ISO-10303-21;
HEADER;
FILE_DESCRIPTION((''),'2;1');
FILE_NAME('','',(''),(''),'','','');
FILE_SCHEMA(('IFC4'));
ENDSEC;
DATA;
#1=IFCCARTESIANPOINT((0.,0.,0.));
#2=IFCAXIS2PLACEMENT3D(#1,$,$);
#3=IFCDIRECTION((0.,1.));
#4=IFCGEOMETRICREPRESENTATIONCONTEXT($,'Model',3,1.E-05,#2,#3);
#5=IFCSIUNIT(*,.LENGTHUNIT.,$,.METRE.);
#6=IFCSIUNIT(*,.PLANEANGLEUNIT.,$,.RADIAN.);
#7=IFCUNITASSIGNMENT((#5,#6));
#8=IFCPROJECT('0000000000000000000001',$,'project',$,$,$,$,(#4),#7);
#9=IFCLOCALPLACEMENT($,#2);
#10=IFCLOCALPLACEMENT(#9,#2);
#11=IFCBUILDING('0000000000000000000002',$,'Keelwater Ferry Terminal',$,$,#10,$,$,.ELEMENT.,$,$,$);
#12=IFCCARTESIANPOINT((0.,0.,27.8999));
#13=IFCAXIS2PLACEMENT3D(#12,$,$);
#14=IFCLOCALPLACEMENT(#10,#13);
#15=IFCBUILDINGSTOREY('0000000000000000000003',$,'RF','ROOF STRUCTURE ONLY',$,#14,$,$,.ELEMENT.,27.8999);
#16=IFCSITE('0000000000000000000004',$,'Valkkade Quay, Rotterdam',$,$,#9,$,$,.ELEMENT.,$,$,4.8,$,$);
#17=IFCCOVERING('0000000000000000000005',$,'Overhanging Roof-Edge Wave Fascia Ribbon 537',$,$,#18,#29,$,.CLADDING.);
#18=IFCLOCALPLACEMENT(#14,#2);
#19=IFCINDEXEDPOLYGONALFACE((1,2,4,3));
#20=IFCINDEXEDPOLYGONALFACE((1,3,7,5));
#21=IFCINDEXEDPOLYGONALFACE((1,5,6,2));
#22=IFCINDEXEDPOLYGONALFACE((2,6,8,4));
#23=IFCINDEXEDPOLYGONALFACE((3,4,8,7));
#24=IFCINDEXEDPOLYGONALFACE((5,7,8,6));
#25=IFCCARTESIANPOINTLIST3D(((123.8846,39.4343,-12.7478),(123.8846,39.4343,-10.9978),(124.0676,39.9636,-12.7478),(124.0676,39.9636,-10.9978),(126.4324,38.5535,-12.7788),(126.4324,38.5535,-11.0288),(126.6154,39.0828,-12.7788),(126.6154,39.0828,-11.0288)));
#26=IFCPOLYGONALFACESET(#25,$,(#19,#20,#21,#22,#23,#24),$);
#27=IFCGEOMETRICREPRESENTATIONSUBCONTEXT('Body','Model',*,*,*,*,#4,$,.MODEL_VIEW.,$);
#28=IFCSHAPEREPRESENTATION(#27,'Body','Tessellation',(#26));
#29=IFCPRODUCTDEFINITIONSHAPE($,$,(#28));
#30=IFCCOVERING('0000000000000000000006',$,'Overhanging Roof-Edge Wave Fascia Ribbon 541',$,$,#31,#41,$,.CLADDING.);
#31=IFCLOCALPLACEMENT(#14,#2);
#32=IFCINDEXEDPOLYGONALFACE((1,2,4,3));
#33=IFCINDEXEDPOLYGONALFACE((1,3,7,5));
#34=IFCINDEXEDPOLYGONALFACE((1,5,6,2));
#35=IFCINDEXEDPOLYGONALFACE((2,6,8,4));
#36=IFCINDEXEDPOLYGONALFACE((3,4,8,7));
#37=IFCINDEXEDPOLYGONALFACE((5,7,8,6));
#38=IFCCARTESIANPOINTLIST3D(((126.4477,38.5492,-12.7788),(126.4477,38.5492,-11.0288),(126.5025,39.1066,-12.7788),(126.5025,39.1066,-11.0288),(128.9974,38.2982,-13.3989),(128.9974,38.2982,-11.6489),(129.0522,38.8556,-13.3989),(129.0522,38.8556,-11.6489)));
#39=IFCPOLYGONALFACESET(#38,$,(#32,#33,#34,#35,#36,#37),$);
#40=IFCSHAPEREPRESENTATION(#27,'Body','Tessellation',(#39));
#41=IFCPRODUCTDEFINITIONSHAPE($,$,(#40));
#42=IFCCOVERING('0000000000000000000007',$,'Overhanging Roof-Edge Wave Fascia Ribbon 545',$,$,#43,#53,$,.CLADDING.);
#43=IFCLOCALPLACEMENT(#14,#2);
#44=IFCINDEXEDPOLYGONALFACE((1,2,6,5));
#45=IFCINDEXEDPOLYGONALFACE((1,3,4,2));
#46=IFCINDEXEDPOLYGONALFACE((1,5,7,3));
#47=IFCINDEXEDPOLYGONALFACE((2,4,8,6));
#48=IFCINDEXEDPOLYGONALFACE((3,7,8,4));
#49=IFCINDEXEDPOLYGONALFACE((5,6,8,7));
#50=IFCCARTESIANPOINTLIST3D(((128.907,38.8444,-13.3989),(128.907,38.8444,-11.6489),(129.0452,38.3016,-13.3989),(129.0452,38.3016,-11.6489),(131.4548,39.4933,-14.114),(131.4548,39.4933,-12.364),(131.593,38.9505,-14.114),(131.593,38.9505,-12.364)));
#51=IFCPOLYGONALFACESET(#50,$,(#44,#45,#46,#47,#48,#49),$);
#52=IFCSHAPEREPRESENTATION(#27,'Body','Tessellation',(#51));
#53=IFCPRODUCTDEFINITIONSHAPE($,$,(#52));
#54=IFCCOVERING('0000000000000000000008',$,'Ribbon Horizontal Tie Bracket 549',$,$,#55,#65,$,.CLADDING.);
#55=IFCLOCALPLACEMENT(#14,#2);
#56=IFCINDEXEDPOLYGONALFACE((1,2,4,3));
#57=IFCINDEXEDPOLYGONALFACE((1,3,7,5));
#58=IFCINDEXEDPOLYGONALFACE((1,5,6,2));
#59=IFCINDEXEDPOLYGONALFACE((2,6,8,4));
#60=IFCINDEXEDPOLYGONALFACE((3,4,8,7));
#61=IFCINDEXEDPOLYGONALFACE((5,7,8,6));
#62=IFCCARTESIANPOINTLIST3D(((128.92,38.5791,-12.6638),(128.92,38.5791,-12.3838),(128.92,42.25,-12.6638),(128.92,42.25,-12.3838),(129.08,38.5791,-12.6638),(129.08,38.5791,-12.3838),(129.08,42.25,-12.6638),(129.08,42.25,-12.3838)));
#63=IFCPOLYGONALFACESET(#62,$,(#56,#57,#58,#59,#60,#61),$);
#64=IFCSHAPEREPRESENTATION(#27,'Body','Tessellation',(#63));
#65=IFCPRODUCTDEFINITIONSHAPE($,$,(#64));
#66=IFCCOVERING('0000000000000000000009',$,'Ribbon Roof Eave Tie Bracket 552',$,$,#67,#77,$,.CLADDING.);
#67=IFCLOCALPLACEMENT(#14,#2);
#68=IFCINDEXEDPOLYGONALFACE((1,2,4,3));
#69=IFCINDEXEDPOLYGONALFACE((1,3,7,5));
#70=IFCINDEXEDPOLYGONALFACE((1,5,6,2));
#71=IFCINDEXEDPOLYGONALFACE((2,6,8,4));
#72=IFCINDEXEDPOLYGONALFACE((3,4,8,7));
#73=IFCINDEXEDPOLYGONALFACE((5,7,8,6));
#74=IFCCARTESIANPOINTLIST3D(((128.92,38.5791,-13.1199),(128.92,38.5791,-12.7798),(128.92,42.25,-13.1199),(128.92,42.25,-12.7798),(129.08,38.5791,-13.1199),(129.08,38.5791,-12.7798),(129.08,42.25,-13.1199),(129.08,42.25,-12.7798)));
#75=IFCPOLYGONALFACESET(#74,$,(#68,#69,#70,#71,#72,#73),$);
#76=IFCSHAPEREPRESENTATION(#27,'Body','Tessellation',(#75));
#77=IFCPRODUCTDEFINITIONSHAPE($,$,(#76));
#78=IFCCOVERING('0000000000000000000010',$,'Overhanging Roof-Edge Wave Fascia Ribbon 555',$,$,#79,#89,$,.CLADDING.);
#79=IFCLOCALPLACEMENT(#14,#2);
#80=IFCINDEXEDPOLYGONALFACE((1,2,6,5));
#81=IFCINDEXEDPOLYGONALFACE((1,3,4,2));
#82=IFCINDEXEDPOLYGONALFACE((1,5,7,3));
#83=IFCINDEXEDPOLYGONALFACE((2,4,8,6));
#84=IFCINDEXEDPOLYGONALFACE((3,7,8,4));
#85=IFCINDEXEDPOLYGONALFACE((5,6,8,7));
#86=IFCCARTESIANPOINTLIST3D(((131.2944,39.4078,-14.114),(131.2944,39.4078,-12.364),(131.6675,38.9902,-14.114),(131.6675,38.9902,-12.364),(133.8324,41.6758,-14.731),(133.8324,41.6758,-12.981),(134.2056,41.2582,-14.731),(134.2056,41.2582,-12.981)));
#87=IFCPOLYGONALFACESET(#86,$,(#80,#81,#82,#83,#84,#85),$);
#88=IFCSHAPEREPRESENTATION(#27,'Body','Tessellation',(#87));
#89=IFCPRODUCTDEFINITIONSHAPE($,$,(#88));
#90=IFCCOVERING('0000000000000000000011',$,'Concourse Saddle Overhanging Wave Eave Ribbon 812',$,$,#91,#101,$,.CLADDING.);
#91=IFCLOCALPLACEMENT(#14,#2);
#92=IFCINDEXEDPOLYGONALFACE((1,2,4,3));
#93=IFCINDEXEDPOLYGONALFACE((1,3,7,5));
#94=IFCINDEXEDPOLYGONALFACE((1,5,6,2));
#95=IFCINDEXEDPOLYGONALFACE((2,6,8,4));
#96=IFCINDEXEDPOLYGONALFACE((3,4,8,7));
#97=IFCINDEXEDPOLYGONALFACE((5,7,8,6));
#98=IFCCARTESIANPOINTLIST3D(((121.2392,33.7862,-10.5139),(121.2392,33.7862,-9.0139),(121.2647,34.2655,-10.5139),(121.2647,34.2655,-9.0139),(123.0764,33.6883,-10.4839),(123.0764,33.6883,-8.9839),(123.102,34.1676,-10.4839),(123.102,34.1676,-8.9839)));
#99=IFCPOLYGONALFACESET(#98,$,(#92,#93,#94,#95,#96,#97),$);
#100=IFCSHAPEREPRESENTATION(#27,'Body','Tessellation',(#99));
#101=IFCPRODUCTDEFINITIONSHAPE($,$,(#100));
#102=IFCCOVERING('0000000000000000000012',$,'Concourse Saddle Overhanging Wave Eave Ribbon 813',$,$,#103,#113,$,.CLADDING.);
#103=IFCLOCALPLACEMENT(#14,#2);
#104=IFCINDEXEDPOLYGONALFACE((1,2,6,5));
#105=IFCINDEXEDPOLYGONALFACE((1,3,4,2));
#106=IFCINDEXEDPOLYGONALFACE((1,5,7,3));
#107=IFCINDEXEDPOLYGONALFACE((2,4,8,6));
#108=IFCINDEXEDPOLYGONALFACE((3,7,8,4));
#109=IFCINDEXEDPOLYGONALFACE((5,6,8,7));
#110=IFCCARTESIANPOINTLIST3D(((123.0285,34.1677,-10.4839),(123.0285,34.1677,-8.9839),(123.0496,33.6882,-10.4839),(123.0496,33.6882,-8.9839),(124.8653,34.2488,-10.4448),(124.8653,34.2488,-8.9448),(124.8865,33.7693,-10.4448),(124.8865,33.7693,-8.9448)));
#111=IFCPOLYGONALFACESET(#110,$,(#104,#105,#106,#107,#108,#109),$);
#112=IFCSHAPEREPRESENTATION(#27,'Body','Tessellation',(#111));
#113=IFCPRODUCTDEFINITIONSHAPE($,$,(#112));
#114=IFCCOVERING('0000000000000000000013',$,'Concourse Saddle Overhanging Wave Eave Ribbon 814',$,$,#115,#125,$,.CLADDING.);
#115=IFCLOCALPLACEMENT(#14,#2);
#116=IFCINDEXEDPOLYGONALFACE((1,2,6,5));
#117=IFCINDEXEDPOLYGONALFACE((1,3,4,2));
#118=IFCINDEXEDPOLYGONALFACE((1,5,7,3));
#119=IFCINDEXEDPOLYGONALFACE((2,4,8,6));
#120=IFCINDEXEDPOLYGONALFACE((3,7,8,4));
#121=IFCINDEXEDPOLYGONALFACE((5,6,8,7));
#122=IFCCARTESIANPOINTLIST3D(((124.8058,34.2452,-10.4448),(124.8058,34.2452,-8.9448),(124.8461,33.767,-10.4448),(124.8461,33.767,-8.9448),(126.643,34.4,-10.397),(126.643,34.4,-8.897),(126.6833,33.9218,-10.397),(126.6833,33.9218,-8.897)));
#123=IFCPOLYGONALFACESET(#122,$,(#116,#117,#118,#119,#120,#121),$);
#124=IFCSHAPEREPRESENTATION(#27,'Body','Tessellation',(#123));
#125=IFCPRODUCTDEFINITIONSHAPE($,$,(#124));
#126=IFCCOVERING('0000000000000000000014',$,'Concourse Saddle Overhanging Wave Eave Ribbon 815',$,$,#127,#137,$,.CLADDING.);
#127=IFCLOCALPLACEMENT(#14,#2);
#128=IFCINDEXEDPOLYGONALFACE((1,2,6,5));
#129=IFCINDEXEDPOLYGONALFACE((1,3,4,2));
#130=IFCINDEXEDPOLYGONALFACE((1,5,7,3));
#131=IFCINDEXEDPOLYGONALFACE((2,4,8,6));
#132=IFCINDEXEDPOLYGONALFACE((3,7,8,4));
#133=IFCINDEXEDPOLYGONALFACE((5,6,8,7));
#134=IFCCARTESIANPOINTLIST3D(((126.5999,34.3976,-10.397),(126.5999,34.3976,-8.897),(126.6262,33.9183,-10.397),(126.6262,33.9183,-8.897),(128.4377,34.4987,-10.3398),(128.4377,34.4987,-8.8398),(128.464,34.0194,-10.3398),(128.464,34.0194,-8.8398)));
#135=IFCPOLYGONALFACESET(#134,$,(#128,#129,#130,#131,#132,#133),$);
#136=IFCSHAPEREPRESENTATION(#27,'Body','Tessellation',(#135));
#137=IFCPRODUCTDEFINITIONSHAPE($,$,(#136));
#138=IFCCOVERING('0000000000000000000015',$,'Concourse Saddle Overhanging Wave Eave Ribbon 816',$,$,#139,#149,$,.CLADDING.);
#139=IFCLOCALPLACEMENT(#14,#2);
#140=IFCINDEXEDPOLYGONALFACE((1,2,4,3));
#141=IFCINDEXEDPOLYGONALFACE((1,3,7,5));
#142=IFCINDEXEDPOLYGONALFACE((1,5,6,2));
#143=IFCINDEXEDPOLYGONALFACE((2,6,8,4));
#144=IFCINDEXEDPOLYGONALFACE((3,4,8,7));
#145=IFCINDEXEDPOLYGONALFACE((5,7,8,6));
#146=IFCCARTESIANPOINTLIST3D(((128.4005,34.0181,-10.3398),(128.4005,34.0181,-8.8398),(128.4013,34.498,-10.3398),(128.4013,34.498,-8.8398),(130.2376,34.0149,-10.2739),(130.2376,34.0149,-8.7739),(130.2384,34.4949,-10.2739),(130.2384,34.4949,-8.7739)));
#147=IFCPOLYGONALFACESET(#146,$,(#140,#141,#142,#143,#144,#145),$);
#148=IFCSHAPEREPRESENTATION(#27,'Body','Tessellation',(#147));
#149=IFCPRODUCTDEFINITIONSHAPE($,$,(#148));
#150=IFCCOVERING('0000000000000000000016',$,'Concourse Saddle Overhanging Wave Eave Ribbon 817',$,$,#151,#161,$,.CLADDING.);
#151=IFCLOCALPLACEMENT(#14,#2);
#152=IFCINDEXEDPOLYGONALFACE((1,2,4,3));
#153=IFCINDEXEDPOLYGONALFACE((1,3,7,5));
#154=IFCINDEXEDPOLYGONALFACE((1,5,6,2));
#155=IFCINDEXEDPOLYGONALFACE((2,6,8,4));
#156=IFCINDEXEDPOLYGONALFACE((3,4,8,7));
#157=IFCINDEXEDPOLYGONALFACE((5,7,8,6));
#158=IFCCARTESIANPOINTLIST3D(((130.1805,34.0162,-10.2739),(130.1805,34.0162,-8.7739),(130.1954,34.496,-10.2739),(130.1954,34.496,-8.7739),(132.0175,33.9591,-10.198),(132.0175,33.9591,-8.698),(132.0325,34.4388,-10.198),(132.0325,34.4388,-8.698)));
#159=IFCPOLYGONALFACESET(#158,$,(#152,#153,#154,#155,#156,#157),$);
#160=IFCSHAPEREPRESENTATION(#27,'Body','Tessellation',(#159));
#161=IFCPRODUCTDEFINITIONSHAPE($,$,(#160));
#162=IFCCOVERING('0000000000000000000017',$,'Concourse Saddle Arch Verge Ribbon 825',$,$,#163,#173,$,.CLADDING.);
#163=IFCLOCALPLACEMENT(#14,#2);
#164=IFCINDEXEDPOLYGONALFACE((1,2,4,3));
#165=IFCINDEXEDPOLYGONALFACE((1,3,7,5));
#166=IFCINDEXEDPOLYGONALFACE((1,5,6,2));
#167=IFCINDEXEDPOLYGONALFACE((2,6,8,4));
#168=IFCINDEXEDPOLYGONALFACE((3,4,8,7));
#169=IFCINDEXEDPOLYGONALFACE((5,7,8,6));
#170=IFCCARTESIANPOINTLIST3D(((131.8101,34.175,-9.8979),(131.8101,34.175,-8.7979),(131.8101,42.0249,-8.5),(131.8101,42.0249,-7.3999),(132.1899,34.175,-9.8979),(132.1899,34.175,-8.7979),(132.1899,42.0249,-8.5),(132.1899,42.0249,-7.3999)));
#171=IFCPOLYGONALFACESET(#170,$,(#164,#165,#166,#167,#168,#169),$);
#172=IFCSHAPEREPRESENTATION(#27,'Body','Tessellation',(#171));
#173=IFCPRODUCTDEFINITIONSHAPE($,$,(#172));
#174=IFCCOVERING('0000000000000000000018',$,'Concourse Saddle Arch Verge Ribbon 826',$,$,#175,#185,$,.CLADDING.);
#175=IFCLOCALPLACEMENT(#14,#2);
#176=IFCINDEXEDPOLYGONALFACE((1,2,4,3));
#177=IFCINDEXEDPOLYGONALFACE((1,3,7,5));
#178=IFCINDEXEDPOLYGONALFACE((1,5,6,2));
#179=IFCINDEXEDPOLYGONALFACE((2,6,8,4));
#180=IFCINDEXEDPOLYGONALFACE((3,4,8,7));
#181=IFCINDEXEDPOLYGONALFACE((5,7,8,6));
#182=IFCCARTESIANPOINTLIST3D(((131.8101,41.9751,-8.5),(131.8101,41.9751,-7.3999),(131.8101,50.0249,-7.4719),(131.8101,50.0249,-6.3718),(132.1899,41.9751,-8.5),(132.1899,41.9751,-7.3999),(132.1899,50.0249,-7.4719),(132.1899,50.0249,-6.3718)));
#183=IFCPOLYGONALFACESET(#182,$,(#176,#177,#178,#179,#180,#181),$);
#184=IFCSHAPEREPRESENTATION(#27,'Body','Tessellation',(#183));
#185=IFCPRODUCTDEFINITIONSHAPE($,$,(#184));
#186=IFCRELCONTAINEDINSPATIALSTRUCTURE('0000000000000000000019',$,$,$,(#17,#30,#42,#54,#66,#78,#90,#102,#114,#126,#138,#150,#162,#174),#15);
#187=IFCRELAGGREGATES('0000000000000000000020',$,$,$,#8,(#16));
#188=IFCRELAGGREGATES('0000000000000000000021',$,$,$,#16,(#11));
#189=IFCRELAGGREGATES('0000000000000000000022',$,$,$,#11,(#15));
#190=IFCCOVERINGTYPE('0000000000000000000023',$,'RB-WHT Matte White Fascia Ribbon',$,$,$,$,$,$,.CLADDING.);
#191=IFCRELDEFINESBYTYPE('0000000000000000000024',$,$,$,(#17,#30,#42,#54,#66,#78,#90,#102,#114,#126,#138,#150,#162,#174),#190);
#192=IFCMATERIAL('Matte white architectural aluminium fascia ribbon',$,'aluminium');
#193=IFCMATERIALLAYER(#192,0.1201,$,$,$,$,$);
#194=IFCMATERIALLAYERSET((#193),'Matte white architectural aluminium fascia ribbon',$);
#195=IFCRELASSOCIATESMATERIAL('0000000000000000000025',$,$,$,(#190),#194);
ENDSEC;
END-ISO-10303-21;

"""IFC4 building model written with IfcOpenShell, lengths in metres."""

from ifc_helpers import new_model, si_unit, direction, frame, frame_2d, origin, place, context, subcontext, project, spatial, polyline, rectangle, outline, extrude, material, layer, layer_set, type_object, element, save


model = new_model("IFC4")

# Units and contexts
model_context = context("Model", 3, precision=1e-05, world=origin(), true_north=direction((0.0, 1.0)))
body_context = subcontext(model_context, "Body", "Model", "MODEL_VIEW")
ifc_project = project(units=[si_unit("LENGTHUNIT", "METRE"), si_unit("PLANEANGLEUNIT", "RADIAN")], contexts=[model_context])

# Site, building, storey
site_placement = place(None, origin())
site = spatial("IfcSite", under=ifc_project, at=site_placement, Name="Valkkade Quay, Rotterdam", CompositionType="ELEMENT", RefElevation=4.8)
building_placement = place(site_placement, origin())
building = spatial("IfcBuilding", under=site, at=building_placement, Name="Keelwater Ferry Terminal", CompositionType="ELEMENT")
storey_placement = place(building_placement, frame((0.0, 0.0, 27.8999)))
storey = spatial("IfcBuildingStorey", under=building, at=storey_placement, Name="RF", Description="ROOF STRUCTURE ONLY", CompositionType="ELEMENT", Elevation=27.8999)

# Coverings
ifc_material_1 = material(Name="Matte white architectural aluminium fascia ribbon", Category="aluminium")
ifc_layer_1 = layer(ifc_material_1, 0.1201)
ifc_layer_set_1 = layer_set([ifc_layer_1], Name="Matte white architectural aluminium fascia ribbon")
covering_type = type_object("IfcCoveringType", Name="RB-WHT Matte White Fascia Ribbon", PredefinedType="CLADDING", material=ifc_layer_set_1)
covering_1_placement = place(storey_placement, frame((123.9761, 39.699, -12.7788), z_axis=(0.0, 0.0, 1.0), x_axis=(0.945111, -0.32675, 0.0)))
element("IfcCovering", 1, at=covering_1_placement, inside=storey, type_object=covering_type, Name="Overhanging Roof-Edge Wave Fascia Ribbon 537", PredefinedType="CLADDING", context=body_context, shape_type="SweptSolid", body=[
    extrude(outline(polyline([(0.0, 0.031), (2.6958, 0.0), (2.6958, 1.75), (0.0, 1.781), (0.0, 0.031)])), frame((0.0, 0.28, 0.0), z_axis=(0.0, -1.0, 0.0), x_axis=(1.0, 0.0, 0.0)), (0.0, 0.0, 1.0), 0.5601),
])
covering_2_placement = place(storey_placement, frame((126.4751, 38.8279, -13.3989), z_axis=(0.0, 0.0, 1.0), x_axis=(0.995191, -0.097956, 0.0)))
element("IfcCovering", 2, at=covering_2_placement, inside=storey, type_object=covering_type, Name="Overhanging Roof-Edge Wave Fascia Ribbon 541", PredefinedType="CLADDING", context=body_context, shape_type="SweptSolid", body=[
    extrude(outline(polyline([(0.0, 0.6201), (2.562, 0.0), (2.562, 1.75), (0.0, 2.3701), (0.0, 0.6201)])), frame((0.0, 0.28, 0.0), z_axis=(0.0, -1.0, 0.0), x_axis=(1.0, 0.0, 0.0)), (0.0, 0.0, 1.0), 0.5601),
])
covering_3_placement = place(storey_placement, frame((128.9761, 38.573, -14.114), z_axis=(0.0, 0.0, 1.0), x_axis=(0.969062, 0.246816, 0.0)))
element("IfcCovering", 3, at=covering_3_placement, inside=storey, type_object=covering_type, Name="Overhanging Roof-Edge Wave Fascia Ribbon 545", PredefinedType="CLADDING", context=body_context, shape_type="SweptSolid", body=[
    extrude(outline(polyline([(0.0, 0.7151), (2.6292, 0.0), (2.6292, 1.75), (0.0, 2.4651), (0.0, 0.7151)])), frame((0.0, 0.28, 0.0), z_axis=(0.0, -1.0, 0.0), x_axis=(1.0, 0.0, 0.0)), (0.0, 0.0, 1.0), 0.5601),
])
covering_4_placement = place(storey_placement, frame((129.0, 38.5791, -12.6638), z_axis=(0.0, 0.0, 1.0), x_axis=(0.0, 1.0, 0.0)))
element("IfcCovering", 4, at=covering_4_placement, inside=storey, type_object=covering_type, Name="Ribbon Horizontal Tie Bracket 549", PredefinedType="CLADDING", context=body_context, shape_type="SweptSolid", body=[
    extrude(rectangle(XDim=3.6709, YDim=0.1599, at=frame_2d((1.8354, 0.0))), origin(), (0.0, 0.0, 1.0), 0.28),
])
covering_5_placement = place(storey_placement, frame((129.0, 38.5791, -13.1199), z_axis=(0.0, 0.0, 1.0), x_axis=(0.0, 1.0, 0.0)))
element("IfcCovering", 5, at=covering_5_placement, inside=storey, type_object=covering_type, Name="Ribbon Roof Eave Tie Bracket 552", PredefinedType="CLADDING", context=body_context, shape_type="SweptSolid", body=[
    extrude(rectangle(XDim=3.6709, YDim=0.1599, at=frame_2d((1.8354, 0.0))), origin(), (0.0, 0.0, 1.0), 0.3401),
])
covering_6_placement = place(storey_placement, frame((131.481, 39.199, -14.731), z_axis=(0.0, 0.0, 1.0), x_axis=(0.745658, 0.666329, 0.0)))
element("IfcCovering", 6, at=covering_6_placement, inside=storey, type_object=covering_type, Name="Overhanging Roof-Edge Wave Fascia Ribbon 555", PredefinedType="CLADDING", context=body_context, shape_type="SweptSolid", body=[
    extrude(outline(polyline([(0.0, 0.6169), (3.4038, 0.0), (3.4038, 1.75), (0.0, 2.3669), (0.0, 0.6169)])), frame((0.0, 0.28, 0.0), z_axis=(0.0, -1.0, 0.0), x_axis=(1.0, 0.0, 0.0)), (0.0, 0.0, 1.0), 0.5601),
])
covering_7_placement = place(storey_placement, frame((121.252, 34.0259, -10.5139), z_axis=(0.0, 0.0, 1.0), x_axis=(0.998583, -0.053214, 0.0)))
element("IfcCovering", 7, at=covering_7_placement, inside=storey, type_object=covering_type, Name="Concourse Saddle Overhanging Wave Eave Ribbon 812", PredefinedType="CLADDING", context=body_context, shape_type="SweptSolid", body=[
    extrude(outline(polyline([(0.0, 0.0), (1.8398, 0.03), (1.8398, 1.53), (0.0, 1.5), (0.0, 0.0)])), frame((0.0, 0.24, 0.0), z_axis=(0.0, -1.0, 0.0), x_axis=(1.0, 0.0, 0.0)), (0.0, 0.0, 1.0), 0.48),
])
covering_8_placement = place(storey_placement, frame((123.0391, 33.928, -10.4839), z_axis=(0.0, 0.0, 1.0), x_axis=(0.999028, 0.044083, 0.0)))
element("IfcCovering", 8, at=covering_8_placement, inside=storey, type_object=covering_type, Name="Concourse Saddle Overhanging Wave Eave Ribbon 813", PredefinedType="CLADDING", context=body_context, shape_type="SweptSolid", body=[
    extrude(outline(polyline([(0.0, 0.0), (1.8386, 0.0391), (1.8386, 1.5391), (0.0, 1.5), (0.0, 0.0)])), frame((0.0, 0.24, 0.0), z_axis=(0.0, -1.0, 0.0), x_axis=(1.0, 0.0, 0.0)), (0.0, 0.0, 1.0), 0.48),
])
covering_9_placement = place(storey_placement, frame((124.8259, 34.0061, -10.4448), z_axis=(0.0, 0.0, 1.0), x_axis=(0.99647, 0.083955, 0.0)))
element("IfcCovering", 9, at=covering_9_placement, inside=storey, type_object=covering_type, Name="Concourse Saddle Overhanging Wave Eave Ribbon 814", PredefinedType="CLADDING", context=body_context, shape_type="SweptSolid", body=[
    extrude(outline(polyline([(0.0, 0.0), (1.8438, 0.0479), (1.8438, 1.5479), (0.0, 1.5), (0.0, 0.0)])), frame((0.0, 0.24, 0.0), z_axis=(0.0, -1.0, 0.0), x_axis=(1.0, 0.0, 0.0)), (0.0, 0.0, 1.0), 0.48),
])
covering_10_placement = place(storey_placement, frame((126.613, 34.158, -10.397), z_axis=(0.0, 0.0, 1.0), x_axis=(0.998491, 0.054912, 0.0)))
element("IfcCovering", 10, at=covering_10_placement, inside=storey, type_object=covering_type, Name="Concourse Saddle Overhanging Wave Eave Ribbon 815", PredefinedType="CLADDING", context=body_context, shape_type="SweptSolid", body=[
    extrude(outline(polyline([(0.0, 0.0), (1.8406, 0.0571), (1.8406, 1.5571), (0.0, 1.5), (0.0, 0.0)])), frame((0.0, 0.24, 0.0), z_axis=(0.0, -1.0, 0.0), x_axis=(1.0, 0.0, 0.0)), (0.0, 0.0, 1.0), 0.48),
])
covering_11_placement = place(storey_placement, frame((128.4009, 34.2581, -10.3398), z_axis=(0.0, 0.0, 1.0), x_axis=(0.999999, -0.001728, 0.0)))
element("IfcCovering", 11, at=covering_11_placement, inside=storey, type_object=covering_type, Name="Concourse Saddle Overhanging Wave Eave Ribbon 816", PredefinedType="CLADDING", context=body_context, shape_type="SweptSolid", body=[
    extrude(outline(polyline([(0.0, 0.0), (1.8372, 0.0659), (1.8372, 1.5659), (0.0, 1.5), (0.0, 0.0)])), frame((0.0, 0.24, 0.0), z_axis=(0.0, -1.0, 0.0), x_axis=(1.0, 0.0, 0.0)), (0.0, 0.0, 1.0), 0.48),
])
covering_12_placement = place(storey_placement, frame((130.188, 34.2561, -10.2739), z_axis=(0.0, 0.0, 1.0), x_axis=(0.999517, -0.031085, 0.0)))
element("IfcCovering", 12, at=covering_12_placement, inside=storey, type_object=covering_type, Name="Concourse Saddle Overhanging Wave Eave Ribbon 817", PredefinedType="CLADDING", context=body_context, shape_type="SweptSolid", body=[
    extrude(outline(polyline([(0.0, 0.0), (1.8379, 0.0759), (1.8379, 1.5759), (0.0, 1.5), (0.0, 0.0)])), frame((0.0, 0.24, 0.0), z_axis=(0.0, -1.0, 0.0), x_axis=(1.0, 0.0, 0.0)), (0.0, 0.0, 1.0), 0.48),
])
covering_13_placement = place(storey_placement, frame((132.0, 34.175, -9.8979), z_axis=(0.0, 0.0, 1.0), x_axis=(0.0, 1.0, 0.0)))
element("IfcCovering", 13, at=covering_13_placement, inside=storey, type_object=covering_type, Name="Concourse Saddle Arch Verge Ribbon 825", PredefinedType="CLADDING", context=body_context, shape_type="SweptSolid", body=[
    extrude(outline(polyline([(0.0, 0.0), (7.8499, 1.3979), (7.8499, 2.498), (0.0, 1.1001), (0.0, 0.0)])), frame((0.0, 0.1899, 0.0), z_axis=(0.0, -1.0, 0.0), x_axis=(1.0, 0.0, 0.0)), (0.0, 0.0, 1.0), 0.3799),
])
covering_14_placement = place(storey_placement, frame((132.0, 41.9751, -8.5), z_axis=(0.0, 0.0, 1.0), x_axis=(0.0, 1.0, 0.0)))
element("IfcCovering", 14, at=covering_14_placement, inside=storey, type_object=covering_type, Name="Concourse Saddle Arch Verge Ribbon 826", PredefinedType="CLADDING", context=body_context, shape_type="SweptSolid", body=[
    extrude(outline(polyline([(0.0, 0.0), (8.0498, 1.0281), (8.0498, 2.1282), (0.0, 1.1001), (0.0, 0.0)])), frame((0.0, 0.1899, 0.0), z_axis=(0.0, -1.0, 0.0), x_axis=(1.0, 0.0, 0.0)), (0.0, 0.0, 1.0), 0.3799),
])

save(model, "model.ifc")
